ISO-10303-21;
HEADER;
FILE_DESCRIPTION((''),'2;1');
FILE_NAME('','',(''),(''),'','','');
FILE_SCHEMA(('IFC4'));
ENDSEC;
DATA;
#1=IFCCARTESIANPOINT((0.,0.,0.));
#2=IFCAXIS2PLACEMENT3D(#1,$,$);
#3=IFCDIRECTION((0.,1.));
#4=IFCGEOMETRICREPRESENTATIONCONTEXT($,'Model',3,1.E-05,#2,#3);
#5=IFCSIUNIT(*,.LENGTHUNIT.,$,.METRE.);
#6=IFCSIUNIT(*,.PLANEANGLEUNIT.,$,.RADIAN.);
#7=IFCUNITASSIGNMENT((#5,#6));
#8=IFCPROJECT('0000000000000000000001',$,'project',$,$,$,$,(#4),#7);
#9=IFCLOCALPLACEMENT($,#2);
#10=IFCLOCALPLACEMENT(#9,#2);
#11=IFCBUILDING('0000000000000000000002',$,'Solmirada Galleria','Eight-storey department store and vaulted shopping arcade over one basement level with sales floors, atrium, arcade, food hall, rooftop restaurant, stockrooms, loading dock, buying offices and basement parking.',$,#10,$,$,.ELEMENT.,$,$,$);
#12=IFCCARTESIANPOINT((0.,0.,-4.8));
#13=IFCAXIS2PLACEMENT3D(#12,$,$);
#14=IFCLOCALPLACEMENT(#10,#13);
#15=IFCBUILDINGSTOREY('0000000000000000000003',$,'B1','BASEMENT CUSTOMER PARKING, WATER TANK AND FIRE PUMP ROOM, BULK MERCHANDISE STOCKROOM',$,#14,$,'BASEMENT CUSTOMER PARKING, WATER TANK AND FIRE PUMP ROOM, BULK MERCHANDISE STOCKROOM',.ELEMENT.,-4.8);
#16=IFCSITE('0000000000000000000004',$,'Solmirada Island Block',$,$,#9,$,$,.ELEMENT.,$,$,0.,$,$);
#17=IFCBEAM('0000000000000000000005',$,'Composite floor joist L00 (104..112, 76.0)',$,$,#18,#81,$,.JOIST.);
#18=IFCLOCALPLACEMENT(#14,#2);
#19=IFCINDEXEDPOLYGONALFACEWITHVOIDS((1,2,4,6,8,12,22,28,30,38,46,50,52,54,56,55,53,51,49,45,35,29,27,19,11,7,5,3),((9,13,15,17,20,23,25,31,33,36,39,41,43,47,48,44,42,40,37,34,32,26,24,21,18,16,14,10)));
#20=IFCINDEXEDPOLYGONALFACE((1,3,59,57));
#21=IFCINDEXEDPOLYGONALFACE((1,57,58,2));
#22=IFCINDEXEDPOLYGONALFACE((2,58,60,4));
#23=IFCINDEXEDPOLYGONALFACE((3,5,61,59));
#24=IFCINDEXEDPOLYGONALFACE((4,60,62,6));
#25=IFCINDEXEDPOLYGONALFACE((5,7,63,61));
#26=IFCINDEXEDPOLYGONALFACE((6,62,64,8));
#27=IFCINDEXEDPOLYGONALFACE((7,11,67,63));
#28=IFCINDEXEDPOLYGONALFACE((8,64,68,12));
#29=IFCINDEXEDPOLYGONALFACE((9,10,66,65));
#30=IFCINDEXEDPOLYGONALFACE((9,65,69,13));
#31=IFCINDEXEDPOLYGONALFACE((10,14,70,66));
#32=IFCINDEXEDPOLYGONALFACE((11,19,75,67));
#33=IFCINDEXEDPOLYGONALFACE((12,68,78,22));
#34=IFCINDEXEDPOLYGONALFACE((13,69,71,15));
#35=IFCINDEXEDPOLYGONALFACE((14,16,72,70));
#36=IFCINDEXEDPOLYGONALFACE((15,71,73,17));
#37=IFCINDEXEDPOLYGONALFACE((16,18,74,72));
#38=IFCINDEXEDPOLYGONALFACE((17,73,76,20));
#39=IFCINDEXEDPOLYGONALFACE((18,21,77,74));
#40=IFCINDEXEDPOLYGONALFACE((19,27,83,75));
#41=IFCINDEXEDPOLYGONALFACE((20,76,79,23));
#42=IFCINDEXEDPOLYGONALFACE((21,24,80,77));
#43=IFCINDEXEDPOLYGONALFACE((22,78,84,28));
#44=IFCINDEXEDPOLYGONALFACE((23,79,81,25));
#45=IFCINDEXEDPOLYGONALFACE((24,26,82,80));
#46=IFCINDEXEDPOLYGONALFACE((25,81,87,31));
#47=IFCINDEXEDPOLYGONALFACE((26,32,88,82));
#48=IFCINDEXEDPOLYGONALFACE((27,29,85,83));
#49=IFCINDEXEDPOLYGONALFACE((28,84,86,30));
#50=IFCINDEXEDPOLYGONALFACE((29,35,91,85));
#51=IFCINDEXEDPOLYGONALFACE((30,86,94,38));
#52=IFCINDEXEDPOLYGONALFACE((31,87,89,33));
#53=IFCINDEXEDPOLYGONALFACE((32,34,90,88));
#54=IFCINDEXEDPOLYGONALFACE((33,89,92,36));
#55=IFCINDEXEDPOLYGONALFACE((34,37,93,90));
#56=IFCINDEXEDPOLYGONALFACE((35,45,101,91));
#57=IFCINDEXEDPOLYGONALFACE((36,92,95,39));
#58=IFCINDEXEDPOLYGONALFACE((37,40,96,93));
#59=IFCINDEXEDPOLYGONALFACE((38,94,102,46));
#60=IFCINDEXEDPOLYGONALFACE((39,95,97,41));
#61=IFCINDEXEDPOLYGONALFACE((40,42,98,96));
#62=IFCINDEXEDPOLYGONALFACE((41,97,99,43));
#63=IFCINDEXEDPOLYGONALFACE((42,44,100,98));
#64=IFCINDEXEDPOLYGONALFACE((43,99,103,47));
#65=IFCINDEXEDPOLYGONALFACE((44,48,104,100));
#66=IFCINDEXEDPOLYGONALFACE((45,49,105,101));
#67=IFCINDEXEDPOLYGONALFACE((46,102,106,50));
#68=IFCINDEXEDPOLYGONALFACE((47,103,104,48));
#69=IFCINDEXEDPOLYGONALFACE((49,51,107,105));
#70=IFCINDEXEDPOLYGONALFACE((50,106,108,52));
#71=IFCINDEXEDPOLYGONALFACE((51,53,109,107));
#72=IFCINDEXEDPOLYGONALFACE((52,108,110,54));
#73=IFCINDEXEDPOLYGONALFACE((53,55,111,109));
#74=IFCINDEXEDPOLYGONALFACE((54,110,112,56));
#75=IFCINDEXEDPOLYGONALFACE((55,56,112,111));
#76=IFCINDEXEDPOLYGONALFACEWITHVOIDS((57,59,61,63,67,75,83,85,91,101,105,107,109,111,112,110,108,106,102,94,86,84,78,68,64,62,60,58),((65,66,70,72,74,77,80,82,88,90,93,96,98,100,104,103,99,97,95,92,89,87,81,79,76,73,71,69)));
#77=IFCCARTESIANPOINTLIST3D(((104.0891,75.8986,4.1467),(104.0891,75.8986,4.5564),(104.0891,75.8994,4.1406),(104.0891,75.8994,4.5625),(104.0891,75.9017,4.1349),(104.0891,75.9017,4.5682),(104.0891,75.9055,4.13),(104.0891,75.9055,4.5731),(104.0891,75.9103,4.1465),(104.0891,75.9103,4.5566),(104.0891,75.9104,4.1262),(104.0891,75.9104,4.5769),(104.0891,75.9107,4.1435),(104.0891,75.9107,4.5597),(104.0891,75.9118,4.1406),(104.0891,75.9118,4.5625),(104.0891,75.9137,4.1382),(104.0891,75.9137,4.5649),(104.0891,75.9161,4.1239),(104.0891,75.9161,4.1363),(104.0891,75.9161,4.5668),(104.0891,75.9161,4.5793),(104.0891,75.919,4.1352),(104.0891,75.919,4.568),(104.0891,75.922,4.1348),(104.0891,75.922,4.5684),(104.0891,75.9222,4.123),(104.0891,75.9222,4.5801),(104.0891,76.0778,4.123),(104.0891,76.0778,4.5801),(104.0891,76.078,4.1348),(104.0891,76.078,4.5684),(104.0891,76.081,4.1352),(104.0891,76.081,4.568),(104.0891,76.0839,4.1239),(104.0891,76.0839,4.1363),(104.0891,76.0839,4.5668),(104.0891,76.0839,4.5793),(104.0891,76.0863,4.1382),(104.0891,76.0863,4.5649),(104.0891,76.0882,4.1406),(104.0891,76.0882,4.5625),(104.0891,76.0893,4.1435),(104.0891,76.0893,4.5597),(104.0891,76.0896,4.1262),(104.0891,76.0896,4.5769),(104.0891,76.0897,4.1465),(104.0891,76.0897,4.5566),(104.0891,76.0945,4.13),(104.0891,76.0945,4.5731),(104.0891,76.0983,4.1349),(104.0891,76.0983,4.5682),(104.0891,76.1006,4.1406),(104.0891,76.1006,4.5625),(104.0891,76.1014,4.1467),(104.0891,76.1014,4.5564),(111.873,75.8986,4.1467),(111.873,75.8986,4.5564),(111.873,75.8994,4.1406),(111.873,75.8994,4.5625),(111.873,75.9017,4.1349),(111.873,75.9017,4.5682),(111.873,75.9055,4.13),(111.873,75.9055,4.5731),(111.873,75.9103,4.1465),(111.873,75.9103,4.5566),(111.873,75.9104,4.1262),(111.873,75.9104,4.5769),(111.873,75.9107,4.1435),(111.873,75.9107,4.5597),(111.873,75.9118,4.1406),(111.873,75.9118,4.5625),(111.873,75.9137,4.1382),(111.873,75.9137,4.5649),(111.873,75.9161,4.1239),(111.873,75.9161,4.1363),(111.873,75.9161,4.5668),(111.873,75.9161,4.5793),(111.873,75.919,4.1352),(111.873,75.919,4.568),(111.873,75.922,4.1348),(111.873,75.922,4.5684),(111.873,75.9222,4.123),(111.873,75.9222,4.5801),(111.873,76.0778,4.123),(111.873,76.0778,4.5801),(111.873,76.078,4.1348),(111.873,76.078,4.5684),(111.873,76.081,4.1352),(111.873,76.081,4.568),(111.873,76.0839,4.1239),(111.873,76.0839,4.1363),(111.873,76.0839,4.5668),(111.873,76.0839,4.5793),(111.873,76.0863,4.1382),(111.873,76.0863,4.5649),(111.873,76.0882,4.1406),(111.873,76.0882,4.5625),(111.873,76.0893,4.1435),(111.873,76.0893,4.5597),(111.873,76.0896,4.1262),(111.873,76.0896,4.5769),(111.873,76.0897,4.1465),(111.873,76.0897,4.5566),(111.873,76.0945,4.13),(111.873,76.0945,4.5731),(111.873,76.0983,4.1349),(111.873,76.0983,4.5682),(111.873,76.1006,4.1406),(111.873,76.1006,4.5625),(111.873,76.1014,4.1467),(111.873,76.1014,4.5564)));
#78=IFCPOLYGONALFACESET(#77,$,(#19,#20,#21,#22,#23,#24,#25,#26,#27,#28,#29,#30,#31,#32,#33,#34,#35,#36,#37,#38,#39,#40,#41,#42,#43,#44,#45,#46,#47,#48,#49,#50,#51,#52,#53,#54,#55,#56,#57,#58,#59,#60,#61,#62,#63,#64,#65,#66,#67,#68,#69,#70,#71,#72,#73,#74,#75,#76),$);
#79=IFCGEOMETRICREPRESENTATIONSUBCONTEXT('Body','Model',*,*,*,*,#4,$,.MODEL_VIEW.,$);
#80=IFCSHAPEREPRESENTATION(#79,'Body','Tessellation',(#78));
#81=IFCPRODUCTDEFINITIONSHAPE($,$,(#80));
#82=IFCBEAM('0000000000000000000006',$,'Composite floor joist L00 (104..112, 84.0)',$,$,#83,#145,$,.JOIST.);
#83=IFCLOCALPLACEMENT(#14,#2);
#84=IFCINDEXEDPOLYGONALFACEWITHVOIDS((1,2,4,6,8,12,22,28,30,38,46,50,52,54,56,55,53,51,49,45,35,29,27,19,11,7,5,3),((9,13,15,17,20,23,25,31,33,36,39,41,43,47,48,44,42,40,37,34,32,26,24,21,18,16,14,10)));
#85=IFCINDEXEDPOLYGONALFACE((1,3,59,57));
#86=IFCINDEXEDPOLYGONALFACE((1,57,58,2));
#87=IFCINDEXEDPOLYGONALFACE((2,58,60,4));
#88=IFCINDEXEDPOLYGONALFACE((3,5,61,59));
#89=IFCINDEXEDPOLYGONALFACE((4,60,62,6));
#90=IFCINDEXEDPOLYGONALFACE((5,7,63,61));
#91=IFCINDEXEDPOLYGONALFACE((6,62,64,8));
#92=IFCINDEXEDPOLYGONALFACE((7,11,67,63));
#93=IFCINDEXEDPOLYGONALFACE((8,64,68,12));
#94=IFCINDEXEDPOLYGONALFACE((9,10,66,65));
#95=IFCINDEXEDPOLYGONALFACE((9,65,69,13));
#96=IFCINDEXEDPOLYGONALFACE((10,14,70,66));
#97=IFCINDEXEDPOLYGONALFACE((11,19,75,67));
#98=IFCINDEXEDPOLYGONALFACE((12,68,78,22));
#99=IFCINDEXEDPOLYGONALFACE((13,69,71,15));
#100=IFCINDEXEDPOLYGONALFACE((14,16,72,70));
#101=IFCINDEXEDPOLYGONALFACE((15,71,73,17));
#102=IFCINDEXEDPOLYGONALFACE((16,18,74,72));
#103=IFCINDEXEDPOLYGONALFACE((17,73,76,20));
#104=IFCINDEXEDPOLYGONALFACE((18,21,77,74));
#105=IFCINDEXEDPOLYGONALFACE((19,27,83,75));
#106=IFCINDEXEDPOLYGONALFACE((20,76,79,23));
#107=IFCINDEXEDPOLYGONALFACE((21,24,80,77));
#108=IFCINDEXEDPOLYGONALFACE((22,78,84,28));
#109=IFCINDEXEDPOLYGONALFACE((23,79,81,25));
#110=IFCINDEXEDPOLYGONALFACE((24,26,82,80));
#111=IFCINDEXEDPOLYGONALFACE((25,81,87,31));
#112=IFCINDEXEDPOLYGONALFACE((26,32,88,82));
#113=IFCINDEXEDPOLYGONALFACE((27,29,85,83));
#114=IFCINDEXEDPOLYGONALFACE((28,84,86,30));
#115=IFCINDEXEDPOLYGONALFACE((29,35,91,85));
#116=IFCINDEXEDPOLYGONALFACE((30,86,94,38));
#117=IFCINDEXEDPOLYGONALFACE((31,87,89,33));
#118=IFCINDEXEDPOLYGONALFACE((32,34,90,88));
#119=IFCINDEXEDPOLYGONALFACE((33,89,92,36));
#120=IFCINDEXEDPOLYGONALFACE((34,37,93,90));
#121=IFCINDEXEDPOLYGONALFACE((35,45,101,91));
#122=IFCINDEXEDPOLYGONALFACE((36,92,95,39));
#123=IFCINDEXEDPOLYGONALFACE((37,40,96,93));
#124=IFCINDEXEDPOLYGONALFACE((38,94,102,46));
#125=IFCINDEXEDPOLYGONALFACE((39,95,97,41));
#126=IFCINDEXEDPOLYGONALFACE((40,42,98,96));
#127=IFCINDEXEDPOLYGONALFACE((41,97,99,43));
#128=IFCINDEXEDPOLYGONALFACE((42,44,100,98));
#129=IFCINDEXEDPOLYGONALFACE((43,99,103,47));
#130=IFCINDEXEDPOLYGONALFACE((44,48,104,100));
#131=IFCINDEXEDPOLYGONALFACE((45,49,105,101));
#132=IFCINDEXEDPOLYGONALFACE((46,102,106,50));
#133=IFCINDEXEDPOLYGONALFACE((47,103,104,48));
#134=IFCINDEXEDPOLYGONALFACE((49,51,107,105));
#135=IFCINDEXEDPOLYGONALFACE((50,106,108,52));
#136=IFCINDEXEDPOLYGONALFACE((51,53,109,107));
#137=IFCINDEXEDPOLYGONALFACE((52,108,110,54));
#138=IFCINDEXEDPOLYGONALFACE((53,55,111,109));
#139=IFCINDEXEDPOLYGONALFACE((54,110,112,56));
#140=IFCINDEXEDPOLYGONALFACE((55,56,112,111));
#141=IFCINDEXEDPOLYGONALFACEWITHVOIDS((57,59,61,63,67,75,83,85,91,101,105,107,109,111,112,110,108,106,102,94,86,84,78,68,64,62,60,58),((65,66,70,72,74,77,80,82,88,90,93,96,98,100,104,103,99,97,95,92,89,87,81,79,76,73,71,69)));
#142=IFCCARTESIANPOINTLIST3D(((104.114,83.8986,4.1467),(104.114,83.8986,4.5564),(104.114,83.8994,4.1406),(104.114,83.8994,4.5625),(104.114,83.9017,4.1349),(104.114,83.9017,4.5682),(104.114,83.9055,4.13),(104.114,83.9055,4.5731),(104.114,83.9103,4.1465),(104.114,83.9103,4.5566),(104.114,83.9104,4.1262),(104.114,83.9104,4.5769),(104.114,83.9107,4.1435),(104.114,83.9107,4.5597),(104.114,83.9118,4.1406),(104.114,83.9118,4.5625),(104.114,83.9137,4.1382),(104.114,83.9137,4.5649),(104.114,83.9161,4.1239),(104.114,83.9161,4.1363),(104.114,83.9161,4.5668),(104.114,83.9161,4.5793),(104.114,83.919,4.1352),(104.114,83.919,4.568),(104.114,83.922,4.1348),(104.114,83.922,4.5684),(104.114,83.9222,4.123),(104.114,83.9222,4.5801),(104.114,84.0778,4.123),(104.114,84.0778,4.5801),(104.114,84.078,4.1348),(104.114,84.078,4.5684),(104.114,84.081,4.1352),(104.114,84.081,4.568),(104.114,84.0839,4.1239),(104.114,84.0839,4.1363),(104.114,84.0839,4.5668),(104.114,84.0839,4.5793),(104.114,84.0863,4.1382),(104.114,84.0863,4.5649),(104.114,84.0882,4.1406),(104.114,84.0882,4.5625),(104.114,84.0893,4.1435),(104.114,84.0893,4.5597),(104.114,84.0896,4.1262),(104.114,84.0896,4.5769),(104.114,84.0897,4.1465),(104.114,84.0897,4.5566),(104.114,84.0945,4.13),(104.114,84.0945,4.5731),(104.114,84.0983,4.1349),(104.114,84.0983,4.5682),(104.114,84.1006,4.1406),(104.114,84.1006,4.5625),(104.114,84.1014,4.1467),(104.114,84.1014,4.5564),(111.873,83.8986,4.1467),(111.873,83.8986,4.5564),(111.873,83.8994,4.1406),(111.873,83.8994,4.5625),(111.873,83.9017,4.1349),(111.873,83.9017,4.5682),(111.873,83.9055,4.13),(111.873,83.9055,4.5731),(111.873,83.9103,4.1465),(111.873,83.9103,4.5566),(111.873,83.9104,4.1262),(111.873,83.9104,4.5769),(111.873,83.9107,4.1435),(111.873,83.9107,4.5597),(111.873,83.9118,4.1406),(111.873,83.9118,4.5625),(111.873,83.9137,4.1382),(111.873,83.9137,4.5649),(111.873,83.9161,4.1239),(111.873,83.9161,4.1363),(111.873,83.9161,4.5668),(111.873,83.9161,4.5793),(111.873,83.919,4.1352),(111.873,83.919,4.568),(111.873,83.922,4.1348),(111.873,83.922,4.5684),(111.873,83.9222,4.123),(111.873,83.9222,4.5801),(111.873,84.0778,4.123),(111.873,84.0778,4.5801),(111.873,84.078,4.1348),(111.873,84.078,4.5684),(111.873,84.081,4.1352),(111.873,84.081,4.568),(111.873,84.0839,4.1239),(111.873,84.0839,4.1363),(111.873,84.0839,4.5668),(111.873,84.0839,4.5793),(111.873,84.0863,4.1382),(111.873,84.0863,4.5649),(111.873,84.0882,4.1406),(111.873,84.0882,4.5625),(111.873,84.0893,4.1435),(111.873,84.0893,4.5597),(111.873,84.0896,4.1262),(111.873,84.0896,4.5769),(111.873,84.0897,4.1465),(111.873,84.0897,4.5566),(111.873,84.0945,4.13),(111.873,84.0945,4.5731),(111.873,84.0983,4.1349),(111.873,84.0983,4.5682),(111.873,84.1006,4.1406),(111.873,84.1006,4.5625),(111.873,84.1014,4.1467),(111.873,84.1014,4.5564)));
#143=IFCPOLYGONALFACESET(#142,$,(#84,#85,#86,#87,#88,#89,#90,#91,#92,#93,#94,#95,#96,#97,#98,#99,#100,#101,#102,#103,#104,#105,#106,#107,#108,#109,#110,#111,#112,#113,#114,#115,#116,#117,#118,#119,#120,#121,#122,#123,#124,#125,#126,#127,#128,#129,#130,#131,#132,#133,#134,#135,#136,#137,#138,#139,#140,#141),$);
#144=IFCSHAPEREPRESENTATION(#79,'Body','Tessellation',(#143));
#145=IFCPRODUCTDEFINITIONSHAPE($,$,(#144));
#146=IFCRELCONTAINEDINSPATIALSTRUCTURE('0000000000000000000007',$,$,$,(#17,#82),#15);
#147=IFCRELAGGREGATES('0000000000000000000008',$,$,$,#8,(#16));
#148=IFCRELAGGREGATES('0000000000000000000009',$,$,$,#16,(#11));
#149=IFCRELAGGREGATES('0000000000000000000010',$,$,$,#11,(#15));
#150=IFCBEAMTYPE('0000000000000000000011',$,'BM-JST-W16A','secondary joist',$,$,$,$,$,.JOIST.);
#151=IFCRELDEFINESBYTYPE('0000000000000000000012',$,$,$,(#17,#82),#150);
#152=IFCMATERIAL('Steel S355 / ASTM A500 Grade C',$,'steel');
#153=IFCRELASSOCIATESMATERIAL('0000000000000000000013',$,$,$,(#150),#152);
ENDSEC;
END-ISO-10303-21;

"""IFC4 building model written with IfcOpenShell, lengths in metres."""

from ifc_helpers import new_model, si_unit, direction, frame, origin, origin_2d, place, context, subcontext, project, spatial, hollow_rectangle, extrude, material, material_profile, profile_set, type_object, element, save


model = new_model("IFC4")

# Units and contexts
model_context = context("Model", 3, precision=1e-05, world=origin(), true_north=direction((0.0, 1.0)))
body_context = subcontext(model_context, "Body", "Model", "MODEL_VIEW")
ifc_project = project(units=[si_unit("LENGTHUNIT", "METRE"), si_unit("PLANEANGLEUNIT", "RADIAN")], contexts=[model_context])

# Site, building, storey
site_placement = place(None, origin())
site = spatial("IfcSite", under=ifc_project, at=site_placement, Name="Solmirada Island Block", CompositionType="ELEMENT", RefElevation=0.0)
building_placement = place(site_placement, origin())
building = spatial("IfcBuilding", under=site, at=building_placement, Name="Solmirada Galleria", Description="Eight-storey department store and vaulted shopping arcade over one basement level with sales floors, atrium, arcade, food hall, rooftop restaurant, stockrooms, loading dock, buying offices and basement parking.", CompositionType="ELEMENT")
storey_placement = place(building_placement, frame((0.0, 0.0, -4.8)))
storey = spatial("IfcBuildingStorey", under=building, at=storey_placement, Name="B1", Description="BASEMENT CUSTOMER PARKING, WATER TANK AND FIRE PUMP ROOM, BULK MERCHANDISE STOCKROOM", LongName="BASEMENT CUSTOMER PARKING, WATER TANK AND FIRE PUMP ROOM, BULK MERCHANDISE STOCKROOM", CompositionType="ELEMENT", Elevation=-4.8)

# Shared definitions
ifc_material_1 = material(Name="Steel S355 / ASTM A500 Grade C", Category="steel")

# Beams
ifc_material_profile_1 = material_profile(ifc_material_1, hollow_rectangle(XDim=0.2029, YDim=0.457, WallThickness=0.0117, InnerFilletRadius=0.0117, OuterFilletRadius=0.0237, at=origin_2d()), Name="HSS18X8X1/2")
ifc_profile_set_1 = profile_set([ifc_material_profile_1], Name="Steel S355 / ASTM A500 Grade C")
beam_type_1 = type_object("IfcBeamType", Name="BM-JST-W16A", Description="secondary joist", PredefinedType="JOIST", material=ifc_profile_set_1)
beam_1_placement = place(storey_placement, frame((104.0891, 76.0, 4.3516), z_axis=(1.0, 0.0, 0.0), x_axis=(0.0, 1.0, 0.0)))
element("IfcBeam", 1, at=beam_1_placement, inside=storey, type_object=beam_type_1, Name="Composite floor joist L00 (104..112, 76.0)", PredefinedType="JOIST", context=body_context, shape_type="SweptSolid", body=[
    extrude(hollow_rectangle(XDim=0.2029, YDim=0.457, WallThickness=0.0117, InnerFilletRadius=0.0117, OuterFilletRadius=0.0237, at=origin_2d()), origin(), (0.0, 0.0, 1.0), 7.7839),
])
beam_2_placement = place(storey_placement, frame((104.114, 84.0, 4.3516), z_axis=(1.0, 0.0, 0.0), x_axis=(0.0, 1.0, 0.0)))
element("IfcBeam", 2, at=beam_2_placement, inside=storey, type_object=beam_type_1, Name="Composite floor joist L00 (104..112, 84.0)", PredefinedType="JOIST", context=body_context, shape_type="SweptSolid", body=[
    extrude(hollow_rectangle(XDim=0.2029, YDim=0.457, WallThickness=0.0117, InnerFilletRadius=0.0117, OuterFilletRadius=0.0237, at=origin_2d()), origin(), (0.0, 0.0, 1.0), 7.759),
])

save(model, "model.ifc")
